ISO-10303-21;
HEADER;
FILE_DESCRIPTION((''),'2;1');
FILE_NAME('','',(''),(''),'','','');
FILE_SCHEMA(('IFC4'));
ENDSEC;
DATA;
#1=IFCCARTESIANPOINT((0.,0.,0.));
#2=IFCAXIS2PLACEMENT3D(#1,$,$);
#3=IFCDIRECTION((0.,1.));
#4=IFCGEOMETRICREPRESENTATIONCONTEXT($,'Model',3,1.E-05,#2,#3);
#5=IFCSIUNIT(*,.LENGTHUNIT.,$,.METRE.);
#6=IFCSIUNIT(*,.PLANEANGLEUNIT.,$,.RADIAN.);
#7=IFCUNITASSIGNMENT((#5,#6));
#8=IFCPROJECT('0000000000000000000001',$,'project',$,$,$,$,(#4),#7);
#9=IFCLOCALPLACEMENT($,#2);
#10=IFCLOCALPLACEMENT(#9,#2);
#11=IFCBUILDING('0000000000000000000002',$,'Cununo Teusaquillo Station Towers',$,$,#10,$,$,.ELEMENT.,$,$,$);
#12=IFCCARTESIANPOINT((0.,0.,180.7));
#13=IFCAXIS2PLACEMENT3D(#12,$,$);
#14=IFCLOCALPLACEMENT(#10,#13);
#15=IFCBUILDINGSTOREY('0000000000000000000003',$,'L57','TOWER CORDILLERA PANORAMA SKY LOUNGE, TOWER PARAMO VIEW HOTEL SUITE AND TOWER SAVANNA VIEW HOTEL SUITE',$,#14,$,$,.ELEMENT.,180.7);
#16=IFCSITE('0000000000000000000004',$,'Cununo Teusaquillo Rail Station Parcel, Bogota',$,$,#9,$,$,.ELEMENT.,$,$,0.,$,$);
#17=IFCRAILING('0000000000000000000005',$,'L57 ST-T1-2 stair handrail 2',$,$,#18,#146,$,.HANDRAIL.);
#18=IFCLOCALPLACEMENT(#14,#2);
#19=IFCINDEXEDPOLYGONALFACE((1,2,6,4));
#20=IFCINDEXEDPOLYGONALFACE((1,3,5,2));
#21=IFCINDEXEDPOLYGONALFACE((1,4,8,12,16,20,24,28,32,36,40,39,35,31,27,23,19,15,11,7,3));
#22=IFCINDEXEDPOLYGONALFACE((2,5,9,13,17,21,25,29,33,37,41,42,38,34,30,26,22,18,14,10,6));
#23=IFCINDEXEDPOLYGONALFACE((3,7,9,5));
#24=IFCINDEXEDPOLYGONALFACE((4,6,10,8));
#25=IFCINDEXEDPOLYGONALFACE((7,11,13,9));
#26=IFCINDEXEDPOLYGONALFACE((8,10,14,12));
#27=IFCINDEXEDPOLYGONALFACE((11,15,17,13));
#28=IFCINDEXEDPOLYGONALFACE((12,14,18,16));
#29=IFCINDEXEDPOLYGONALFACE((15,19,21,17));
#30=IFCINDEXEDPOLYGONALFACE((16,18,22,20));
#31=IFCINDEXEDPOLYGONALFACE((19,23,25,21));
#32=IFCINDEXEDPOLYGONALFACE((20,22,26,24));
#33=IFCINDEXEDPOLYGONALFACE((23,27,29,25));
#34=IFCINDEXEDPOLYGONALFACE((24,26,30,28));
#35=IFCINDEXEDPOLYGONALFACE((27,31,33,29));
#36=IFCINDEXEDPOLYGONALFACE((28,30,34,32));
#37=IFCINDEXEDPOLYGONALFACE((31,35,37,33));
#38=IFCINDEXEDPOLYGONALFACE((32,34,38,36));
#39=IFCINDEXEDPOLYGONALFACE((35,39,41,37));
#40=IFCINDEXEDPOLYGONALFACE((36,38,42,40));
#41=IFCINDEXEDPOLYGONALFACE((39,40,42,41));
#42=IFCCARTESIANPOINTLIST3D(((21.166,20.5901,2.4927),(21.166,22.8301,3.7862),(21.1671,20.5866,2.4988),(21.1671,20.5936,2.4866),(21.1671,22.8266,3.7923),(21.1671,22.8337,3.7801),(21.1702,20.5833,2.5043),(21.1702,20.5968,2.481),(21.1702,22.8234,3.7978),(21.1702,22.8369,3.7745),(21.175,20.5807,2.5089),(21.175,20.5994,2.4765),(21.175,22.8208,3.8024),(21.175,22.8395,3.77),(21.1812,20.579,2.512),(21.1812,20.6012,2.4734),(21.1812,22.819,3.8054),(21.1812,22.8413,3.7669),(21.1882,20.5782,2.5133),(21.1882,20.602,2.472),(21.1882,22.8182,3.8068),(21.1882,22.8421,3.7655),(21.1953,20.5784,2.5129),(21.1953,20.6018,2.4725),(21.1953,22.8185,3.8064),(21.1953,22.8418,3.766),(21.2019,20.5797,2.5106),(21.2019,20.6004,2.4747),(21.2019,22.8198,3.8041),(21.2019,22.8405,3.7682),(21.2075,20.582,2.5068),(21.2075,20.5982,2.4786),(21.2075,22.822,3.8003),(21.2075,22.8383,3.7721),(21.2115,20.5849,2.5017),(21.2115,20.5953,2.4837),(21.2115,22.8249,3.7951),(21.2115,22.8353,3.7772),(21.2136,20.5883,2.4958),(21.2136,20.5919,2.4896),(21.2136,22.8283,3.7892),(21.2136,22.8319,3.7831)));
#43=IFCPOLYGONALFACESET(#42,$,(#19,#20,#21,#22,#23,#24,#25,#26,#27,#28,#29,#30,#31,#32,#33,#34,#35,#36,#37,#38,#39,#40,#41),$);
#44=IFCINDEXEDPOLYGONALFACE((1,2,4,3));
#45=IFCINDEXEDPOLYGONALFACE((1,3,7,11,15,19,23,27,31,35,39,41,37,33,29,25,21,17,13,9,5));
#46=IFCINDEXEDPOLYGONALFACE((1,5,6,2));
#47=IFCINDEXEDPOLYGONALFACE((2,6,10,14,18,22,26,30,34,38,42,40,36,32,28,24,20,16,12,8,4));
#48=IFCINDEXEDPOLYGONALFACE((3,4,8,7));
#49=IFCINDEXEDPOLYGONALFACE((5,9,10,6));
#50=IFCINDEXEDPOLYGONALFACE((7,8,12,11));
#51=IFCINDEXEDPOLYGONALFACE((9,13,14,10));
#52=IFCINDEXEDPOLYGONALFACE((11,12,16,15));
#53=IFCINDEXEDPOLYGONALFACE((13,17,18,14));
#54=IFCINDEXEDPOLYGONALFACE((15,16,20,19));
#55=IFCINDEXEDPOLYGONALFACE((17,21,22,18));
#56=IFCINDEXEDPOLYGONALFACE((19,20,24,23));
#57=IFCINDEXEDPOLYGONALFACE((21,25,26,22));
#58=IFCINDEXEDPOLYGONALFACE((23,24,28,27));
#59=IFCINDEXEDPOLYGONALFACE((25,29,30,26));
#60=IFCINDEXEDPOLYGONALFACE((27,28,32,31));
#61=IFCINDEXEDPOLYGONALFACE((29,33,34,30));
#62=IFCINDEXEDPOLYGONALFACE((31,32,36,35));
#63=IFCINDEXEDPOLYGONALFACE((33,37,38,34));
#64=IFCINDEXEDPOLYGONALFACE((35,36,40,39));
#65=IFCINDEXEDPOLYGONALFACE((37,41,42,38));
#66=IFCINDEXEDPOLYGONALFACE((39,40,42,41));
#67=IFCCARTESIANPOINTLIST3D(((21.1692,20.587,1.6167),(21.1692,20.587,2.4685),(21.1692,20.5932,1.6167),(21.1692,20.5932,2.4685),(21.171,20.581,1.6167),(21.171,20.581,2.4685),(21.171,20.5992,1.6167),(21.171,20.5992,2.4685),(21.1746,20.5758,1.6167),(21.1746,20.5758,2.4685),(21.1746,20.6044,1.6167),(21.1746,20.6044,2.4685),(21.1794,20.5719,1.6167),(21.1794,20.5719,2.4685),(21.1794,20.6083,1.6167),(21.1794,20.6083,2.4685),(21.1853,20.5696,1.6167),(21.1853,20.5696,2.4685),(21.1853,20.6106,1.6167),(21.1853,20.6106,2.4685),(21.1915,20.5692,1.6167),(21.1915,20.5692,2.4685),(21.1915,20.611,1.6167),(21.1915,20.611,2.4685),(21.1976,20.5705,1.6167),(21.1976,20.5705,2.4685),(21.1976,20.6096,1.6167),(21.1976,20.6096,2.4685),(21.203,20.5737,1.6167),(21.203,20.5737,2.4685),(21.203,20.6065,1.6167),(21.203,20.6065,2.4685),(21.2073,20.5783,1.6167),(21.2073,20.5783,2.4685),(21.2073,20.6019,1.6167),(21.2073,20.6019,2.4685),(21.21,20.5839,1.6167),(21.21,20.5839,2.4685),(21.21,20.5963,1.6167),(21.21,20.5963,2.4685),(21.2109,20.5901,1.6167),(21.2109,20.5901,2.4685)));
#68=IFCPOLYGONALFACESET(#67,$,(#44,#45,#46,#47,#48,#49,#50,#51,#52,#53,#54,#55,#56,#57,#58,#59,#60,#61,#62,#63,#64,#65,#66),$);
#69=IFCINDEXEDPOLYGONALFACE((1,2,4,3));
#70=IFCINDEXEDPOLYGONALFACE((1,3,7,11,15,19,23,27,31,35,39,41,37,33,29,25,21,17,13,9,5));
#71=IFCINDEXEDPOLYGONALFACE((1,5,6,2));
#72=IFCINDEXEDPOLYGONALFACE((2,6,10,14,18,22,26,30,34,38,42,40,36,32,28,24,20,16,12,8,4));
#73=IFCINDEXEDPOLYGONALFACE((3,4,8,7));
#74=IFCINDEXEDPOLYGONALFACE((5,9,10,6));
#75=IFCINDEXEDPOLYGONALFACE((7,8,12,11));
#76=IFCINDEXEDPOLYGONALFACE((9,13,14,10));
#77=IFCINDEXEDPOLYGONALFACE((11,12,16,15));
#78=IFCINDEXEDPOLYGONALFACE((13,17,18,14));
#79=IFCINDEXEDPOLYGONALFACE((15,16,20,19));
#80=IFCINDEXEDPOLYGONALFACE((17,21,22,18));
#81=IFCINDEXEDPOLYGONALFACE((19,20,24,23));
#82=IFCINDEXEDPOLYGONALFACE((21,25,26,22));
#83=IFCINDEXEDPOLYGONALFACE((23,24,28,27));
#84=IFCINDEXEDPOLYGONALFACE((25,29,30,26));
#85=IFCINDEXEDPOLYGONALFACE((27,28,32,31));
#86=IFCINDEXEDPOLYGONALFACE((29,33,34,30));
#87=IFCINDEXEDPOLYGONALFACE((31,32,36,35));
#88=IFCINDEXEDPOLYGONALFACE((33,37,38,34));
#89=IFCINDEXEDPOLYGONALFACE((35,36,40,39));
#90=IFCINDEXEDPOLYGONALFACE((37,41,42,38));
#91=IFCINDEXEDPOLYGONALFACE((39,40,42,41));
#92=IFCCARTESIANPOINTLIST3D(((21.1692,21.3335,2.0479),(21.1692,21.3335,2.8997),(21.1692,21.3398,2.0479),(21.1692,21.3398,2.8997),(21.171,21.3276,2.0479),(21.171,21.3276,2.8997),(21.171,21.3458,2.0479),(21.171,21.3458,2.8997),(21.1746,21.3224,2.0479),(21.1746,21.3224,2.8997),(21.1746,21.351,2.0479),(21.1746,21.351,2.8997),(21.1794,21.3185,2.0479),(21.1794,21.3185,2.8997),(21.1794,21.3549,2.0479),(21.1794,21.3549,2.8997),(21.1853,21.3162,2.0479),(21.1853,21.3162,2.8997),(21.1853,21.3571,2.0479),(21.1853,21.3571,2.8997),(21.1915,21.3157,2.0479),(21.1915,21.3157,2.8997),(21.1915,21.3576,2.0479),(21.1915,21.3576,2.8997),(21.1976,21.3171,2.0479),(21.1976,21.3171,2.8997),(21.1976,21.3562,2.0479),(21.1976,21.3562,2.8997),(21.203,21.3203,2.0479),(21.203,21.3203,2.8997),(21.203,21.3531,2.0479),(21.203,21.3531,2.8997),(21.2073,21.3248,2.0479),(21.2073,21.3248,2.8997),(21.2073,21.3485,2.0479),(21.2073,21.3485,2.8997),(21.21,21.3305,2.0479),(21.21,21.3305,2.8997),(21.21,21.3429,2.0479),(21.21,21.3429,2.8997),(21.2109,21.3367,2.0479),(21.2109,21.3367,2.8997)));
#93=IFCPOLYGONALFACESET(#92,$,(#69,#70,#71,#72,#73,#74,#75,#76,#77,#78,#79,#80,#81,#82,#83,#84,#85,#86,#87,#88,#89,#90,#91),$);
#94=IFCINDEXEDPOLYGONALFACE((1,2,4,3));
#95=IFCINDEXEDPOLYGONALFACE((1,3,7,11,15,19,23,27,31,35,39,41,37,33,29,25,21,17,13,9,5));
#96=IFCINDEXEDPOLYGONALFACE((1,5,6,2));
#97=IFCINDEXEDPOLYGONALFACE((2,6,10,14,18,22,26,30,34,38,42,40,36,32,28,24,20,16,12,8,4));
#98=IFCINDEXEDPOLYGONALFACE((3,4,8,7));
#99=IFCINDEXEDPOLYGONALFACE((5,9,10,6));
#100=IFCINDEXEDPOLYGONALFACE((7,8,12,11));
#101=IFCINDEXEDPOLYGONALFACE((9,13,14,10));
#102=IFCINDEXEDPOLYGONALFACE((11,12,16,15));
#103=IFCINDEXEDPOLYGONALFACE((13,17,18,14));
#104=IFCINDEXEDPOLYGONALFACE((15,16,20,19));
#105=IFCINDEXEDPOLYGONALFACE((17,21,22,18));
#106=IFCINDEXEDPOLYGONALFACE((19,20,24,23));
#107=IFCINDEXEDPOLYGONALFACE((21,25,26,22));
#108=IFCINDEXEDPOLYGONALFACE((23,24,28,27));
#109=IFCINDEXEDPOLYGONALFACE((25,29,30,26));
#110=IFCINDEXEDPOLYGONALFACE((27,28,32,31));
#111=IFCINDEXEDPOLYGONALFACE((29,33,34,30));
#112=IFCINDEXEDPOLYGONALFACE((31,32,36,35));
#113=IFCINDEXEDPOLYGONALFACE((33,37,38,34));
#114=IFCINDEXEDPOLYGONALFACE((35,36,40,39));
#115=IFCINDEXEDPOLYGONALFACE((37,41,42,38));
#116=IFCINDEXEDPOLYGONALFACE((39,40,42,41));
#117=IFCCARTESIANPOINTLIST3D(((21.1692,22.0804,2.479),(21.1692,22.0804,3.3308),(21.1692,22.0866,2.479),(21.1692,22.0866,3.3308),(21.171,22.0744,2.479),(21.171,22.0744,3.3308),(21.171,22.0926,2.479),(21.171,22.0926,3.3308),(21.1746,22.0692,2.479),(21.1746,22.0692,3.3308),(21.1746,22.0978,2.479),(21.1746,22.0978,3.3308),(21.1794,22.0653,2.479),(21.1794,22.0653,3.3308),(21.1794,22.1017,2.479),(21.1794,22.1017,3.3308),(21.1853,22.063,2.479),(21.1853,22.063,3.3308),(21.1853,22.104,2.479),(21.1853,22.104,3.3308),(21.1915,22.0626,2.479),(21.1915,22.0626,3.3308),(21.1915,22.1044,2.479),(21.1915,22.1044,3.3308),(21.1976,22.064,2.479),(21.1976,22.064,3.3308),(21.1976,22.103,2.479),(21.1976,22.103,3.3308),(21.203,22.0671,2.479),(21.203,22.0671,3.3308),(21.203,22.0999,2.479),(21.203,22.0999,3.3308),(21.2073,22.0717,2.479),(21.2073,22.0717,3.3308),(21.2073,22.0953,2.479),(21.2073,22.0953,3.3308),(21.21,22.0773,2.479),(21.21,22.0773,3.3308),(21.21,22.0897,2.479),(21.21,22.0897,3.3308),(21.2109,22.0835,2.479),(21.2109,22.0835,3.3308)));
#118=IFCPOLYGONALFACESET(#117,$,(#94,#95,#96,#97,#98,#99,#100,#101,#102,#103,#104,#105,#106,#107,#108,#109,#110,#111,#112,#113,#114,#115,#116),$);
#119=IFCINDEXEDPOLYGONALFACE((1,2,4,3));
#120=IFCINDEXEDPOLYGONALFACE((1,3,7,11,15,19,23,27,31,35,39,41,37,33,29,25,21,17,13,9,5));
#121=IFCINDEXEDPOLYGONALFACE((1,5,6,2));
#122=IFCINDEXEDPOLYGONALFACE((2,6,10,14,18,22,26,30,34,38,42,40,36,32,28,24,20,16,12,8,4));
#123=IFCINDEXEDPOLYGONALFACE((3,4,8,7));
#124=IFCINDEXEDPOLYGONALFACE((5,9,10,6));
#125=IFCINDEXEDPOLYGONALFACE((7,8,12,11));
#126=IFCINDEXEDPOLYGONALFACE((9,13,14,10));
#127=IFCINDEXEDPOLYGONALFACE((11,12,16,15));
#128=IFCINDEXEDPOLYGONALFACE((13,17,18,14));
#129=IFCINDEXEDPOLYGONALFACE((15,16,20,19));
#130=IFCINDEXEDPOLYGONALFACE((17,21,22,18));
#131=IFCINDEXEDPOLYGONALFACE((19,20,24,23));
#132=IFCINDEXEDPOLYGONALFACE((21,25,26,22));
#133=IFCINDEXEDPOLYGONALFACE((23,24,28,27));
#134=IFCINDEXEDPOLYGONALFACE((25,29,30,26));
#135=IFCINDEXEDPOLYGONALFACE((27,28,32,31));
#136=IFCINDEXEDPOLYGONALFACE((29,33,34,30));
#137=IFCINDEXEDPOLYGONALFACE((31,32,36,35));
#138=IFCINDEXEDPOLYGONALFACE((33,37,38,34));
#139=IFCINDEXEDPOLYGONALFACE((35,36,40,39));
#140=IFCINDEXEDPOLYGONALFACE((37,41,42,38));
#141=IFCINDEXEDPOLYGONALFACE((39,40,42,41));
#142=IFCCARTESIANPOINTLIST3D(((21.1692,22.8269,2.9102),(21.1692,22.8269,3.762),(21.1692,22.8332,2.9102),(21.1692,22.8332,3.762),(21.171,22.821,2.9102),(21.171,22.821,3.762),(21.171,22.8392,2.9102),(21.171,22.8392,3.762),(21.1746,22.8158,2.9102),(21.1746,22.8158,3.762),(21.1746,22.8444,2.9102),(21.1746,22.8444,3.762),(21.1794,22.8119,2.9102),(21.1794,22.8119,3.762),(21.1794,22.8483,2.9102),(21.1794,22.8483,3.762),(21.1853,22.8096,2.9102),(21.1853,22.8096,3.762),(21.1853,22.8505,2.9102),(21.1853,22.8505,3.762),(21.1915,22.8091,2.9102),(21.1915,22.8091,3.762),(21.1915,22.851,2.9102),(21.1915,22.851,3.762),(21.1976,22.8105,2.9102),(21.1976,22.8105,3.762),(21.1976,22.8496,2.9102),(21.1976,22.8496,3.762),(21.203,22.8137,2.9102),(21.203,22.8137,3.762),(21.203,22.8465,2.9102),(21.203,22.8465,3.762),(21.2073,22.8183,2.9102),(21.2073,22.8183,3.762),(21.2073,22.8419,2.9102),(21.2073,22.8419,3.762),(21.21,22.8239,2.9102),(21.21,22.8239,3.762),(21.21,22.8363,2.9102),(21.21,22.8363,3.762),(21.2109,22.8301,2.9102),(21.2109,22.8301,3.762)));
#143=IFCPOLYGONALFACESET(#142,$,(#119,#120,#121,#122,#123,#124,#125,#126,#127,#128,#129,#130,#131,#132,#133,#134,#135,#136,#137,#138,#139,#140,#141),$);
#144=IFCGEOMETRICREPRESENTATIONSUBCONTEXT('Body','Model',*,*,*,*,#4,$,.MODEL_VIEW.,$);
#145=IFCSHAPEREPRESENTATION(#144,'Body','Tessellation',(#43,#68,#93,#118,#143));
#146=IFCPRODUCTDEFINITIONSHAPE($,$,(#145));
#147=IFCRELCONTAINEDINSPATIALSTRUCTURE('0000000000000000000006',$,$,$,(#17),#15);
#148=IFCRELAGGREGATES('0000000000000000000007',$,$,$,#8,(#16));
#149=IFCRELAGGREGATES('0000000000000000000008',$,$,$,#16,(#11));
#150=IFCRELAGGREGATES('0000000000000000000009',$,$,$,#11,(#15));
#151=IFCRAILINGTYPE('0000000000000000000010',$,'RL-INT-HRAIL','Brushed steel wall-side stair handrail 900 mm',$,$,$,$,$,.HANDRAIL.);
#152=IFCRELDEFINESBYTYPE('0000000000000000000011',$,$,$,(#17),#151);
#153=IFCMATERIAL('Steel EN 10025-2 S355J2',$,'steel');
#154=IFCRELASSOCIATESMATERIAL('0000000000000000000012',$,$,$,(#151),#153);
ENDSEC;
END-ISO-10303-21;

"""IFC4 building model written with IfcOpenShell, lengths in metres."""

from ifc_helpers import new_model, si_unit, direction, frame, origin, origin_2d, place, context, subcontext, project, spatial, circle, extrude, material, type_object, element, save


model = new_model("IFC4")

# Units and contexts
model_context = context("Model", 3, precision=1e-05, world=origin(), true_north=direction((0.0, 1.0)))
body_context = subcontext(model_context, "Body", "Model", "MODEL_VIEW")
ifc_project = project(units=[si_unit("LENGTHUNIT", "METRE"), si_unit("PLANEANGLEUNIT", "RADIAN")], contexts=[model_context])

# Site, building, storey
site_placement = place(None, origin())
site = spatial("IfcSite", under=ifc_project, at=site_placement, Name="Cununo Teusaquillo Rail Station Parcel, Bogota", CompositionType="ELEMENT", RefElevation=0.0)
building_placement = place(site_placement, origin())
building = spatial("IfcBuilding", under=site, at=building_placement, Name="Cununo Teusaquillo Station Towers", CompositionType="ELEMENT")
storey_placement = place(building_placement, frame((0.0, 0.0, 180.7)))
storey = spatial("IfcBuildingStorey", under=building, at=storey_placement, Name="L57", Description="TOWER CORDILLERA PANORAMA SKY LOUNGE, TOWER PARAMO VIEW HOTEL SUITE AND TOWER SAVANNA VIEW HOTEL SUITE", CompositionType="ELEMENT", Elevation=180.7)

# Railing
ifc_material_1 = material(Name="Steel EN 10025-2 S355J2", Category="steel")
railing_type_1 = type_object("IfcRailingType", Name="RL-INT-HRAIL", Description="Brushed steel wall-side stair handrail 900 mm", PredefinedType="HANDRAIL", material=ifc_material_1)
railing_1_placement = place(storey_placement, frame((21.1899, 20.5901, 1.6167)))
element("IfcRailing", 1, at=railing_1_placement, inside=storey, type_object=railing_type_1, Name="L57 ST-T1-2 stair handrail 2", PredefinedType="HANDRAIL", context=body_context, shape_type="SweptSolid", body=[
    extrude(circle(Radius=0.0239, at=origin_2d()), frame((0.0, 0.0, 0.876), z_axis=(0.0, 0.865992, 0.500057), x_axis=(-1.0, 0.0, 0.0)), (0.0, 0.0, 1.0), 2.5867),
    extrude(circle(Radius=0.021, at=origin_2d()), origin(), (0.0, 0.0, 1.0), 0.8518),
    extrude(circle(Radius=0.021, at=origin_2d()), frame((0.0, 0.7466, 0.4312)), (0.0, 0.0, 1.0), 0.8518),
    extrude(circle(Radius=0.021, at=origin_2d()), frame((0.0, 1.4934, 0.8623)), (0.0, 0.0, 1.0), 0.8518),
    extrude(circle(Radius=0.021, at=origin_2d()), frame((0.0, 2.24, 1.2935)), (0.0, 0.0, 1.0), 0.8518),
])

save(model, "model.ifc")
